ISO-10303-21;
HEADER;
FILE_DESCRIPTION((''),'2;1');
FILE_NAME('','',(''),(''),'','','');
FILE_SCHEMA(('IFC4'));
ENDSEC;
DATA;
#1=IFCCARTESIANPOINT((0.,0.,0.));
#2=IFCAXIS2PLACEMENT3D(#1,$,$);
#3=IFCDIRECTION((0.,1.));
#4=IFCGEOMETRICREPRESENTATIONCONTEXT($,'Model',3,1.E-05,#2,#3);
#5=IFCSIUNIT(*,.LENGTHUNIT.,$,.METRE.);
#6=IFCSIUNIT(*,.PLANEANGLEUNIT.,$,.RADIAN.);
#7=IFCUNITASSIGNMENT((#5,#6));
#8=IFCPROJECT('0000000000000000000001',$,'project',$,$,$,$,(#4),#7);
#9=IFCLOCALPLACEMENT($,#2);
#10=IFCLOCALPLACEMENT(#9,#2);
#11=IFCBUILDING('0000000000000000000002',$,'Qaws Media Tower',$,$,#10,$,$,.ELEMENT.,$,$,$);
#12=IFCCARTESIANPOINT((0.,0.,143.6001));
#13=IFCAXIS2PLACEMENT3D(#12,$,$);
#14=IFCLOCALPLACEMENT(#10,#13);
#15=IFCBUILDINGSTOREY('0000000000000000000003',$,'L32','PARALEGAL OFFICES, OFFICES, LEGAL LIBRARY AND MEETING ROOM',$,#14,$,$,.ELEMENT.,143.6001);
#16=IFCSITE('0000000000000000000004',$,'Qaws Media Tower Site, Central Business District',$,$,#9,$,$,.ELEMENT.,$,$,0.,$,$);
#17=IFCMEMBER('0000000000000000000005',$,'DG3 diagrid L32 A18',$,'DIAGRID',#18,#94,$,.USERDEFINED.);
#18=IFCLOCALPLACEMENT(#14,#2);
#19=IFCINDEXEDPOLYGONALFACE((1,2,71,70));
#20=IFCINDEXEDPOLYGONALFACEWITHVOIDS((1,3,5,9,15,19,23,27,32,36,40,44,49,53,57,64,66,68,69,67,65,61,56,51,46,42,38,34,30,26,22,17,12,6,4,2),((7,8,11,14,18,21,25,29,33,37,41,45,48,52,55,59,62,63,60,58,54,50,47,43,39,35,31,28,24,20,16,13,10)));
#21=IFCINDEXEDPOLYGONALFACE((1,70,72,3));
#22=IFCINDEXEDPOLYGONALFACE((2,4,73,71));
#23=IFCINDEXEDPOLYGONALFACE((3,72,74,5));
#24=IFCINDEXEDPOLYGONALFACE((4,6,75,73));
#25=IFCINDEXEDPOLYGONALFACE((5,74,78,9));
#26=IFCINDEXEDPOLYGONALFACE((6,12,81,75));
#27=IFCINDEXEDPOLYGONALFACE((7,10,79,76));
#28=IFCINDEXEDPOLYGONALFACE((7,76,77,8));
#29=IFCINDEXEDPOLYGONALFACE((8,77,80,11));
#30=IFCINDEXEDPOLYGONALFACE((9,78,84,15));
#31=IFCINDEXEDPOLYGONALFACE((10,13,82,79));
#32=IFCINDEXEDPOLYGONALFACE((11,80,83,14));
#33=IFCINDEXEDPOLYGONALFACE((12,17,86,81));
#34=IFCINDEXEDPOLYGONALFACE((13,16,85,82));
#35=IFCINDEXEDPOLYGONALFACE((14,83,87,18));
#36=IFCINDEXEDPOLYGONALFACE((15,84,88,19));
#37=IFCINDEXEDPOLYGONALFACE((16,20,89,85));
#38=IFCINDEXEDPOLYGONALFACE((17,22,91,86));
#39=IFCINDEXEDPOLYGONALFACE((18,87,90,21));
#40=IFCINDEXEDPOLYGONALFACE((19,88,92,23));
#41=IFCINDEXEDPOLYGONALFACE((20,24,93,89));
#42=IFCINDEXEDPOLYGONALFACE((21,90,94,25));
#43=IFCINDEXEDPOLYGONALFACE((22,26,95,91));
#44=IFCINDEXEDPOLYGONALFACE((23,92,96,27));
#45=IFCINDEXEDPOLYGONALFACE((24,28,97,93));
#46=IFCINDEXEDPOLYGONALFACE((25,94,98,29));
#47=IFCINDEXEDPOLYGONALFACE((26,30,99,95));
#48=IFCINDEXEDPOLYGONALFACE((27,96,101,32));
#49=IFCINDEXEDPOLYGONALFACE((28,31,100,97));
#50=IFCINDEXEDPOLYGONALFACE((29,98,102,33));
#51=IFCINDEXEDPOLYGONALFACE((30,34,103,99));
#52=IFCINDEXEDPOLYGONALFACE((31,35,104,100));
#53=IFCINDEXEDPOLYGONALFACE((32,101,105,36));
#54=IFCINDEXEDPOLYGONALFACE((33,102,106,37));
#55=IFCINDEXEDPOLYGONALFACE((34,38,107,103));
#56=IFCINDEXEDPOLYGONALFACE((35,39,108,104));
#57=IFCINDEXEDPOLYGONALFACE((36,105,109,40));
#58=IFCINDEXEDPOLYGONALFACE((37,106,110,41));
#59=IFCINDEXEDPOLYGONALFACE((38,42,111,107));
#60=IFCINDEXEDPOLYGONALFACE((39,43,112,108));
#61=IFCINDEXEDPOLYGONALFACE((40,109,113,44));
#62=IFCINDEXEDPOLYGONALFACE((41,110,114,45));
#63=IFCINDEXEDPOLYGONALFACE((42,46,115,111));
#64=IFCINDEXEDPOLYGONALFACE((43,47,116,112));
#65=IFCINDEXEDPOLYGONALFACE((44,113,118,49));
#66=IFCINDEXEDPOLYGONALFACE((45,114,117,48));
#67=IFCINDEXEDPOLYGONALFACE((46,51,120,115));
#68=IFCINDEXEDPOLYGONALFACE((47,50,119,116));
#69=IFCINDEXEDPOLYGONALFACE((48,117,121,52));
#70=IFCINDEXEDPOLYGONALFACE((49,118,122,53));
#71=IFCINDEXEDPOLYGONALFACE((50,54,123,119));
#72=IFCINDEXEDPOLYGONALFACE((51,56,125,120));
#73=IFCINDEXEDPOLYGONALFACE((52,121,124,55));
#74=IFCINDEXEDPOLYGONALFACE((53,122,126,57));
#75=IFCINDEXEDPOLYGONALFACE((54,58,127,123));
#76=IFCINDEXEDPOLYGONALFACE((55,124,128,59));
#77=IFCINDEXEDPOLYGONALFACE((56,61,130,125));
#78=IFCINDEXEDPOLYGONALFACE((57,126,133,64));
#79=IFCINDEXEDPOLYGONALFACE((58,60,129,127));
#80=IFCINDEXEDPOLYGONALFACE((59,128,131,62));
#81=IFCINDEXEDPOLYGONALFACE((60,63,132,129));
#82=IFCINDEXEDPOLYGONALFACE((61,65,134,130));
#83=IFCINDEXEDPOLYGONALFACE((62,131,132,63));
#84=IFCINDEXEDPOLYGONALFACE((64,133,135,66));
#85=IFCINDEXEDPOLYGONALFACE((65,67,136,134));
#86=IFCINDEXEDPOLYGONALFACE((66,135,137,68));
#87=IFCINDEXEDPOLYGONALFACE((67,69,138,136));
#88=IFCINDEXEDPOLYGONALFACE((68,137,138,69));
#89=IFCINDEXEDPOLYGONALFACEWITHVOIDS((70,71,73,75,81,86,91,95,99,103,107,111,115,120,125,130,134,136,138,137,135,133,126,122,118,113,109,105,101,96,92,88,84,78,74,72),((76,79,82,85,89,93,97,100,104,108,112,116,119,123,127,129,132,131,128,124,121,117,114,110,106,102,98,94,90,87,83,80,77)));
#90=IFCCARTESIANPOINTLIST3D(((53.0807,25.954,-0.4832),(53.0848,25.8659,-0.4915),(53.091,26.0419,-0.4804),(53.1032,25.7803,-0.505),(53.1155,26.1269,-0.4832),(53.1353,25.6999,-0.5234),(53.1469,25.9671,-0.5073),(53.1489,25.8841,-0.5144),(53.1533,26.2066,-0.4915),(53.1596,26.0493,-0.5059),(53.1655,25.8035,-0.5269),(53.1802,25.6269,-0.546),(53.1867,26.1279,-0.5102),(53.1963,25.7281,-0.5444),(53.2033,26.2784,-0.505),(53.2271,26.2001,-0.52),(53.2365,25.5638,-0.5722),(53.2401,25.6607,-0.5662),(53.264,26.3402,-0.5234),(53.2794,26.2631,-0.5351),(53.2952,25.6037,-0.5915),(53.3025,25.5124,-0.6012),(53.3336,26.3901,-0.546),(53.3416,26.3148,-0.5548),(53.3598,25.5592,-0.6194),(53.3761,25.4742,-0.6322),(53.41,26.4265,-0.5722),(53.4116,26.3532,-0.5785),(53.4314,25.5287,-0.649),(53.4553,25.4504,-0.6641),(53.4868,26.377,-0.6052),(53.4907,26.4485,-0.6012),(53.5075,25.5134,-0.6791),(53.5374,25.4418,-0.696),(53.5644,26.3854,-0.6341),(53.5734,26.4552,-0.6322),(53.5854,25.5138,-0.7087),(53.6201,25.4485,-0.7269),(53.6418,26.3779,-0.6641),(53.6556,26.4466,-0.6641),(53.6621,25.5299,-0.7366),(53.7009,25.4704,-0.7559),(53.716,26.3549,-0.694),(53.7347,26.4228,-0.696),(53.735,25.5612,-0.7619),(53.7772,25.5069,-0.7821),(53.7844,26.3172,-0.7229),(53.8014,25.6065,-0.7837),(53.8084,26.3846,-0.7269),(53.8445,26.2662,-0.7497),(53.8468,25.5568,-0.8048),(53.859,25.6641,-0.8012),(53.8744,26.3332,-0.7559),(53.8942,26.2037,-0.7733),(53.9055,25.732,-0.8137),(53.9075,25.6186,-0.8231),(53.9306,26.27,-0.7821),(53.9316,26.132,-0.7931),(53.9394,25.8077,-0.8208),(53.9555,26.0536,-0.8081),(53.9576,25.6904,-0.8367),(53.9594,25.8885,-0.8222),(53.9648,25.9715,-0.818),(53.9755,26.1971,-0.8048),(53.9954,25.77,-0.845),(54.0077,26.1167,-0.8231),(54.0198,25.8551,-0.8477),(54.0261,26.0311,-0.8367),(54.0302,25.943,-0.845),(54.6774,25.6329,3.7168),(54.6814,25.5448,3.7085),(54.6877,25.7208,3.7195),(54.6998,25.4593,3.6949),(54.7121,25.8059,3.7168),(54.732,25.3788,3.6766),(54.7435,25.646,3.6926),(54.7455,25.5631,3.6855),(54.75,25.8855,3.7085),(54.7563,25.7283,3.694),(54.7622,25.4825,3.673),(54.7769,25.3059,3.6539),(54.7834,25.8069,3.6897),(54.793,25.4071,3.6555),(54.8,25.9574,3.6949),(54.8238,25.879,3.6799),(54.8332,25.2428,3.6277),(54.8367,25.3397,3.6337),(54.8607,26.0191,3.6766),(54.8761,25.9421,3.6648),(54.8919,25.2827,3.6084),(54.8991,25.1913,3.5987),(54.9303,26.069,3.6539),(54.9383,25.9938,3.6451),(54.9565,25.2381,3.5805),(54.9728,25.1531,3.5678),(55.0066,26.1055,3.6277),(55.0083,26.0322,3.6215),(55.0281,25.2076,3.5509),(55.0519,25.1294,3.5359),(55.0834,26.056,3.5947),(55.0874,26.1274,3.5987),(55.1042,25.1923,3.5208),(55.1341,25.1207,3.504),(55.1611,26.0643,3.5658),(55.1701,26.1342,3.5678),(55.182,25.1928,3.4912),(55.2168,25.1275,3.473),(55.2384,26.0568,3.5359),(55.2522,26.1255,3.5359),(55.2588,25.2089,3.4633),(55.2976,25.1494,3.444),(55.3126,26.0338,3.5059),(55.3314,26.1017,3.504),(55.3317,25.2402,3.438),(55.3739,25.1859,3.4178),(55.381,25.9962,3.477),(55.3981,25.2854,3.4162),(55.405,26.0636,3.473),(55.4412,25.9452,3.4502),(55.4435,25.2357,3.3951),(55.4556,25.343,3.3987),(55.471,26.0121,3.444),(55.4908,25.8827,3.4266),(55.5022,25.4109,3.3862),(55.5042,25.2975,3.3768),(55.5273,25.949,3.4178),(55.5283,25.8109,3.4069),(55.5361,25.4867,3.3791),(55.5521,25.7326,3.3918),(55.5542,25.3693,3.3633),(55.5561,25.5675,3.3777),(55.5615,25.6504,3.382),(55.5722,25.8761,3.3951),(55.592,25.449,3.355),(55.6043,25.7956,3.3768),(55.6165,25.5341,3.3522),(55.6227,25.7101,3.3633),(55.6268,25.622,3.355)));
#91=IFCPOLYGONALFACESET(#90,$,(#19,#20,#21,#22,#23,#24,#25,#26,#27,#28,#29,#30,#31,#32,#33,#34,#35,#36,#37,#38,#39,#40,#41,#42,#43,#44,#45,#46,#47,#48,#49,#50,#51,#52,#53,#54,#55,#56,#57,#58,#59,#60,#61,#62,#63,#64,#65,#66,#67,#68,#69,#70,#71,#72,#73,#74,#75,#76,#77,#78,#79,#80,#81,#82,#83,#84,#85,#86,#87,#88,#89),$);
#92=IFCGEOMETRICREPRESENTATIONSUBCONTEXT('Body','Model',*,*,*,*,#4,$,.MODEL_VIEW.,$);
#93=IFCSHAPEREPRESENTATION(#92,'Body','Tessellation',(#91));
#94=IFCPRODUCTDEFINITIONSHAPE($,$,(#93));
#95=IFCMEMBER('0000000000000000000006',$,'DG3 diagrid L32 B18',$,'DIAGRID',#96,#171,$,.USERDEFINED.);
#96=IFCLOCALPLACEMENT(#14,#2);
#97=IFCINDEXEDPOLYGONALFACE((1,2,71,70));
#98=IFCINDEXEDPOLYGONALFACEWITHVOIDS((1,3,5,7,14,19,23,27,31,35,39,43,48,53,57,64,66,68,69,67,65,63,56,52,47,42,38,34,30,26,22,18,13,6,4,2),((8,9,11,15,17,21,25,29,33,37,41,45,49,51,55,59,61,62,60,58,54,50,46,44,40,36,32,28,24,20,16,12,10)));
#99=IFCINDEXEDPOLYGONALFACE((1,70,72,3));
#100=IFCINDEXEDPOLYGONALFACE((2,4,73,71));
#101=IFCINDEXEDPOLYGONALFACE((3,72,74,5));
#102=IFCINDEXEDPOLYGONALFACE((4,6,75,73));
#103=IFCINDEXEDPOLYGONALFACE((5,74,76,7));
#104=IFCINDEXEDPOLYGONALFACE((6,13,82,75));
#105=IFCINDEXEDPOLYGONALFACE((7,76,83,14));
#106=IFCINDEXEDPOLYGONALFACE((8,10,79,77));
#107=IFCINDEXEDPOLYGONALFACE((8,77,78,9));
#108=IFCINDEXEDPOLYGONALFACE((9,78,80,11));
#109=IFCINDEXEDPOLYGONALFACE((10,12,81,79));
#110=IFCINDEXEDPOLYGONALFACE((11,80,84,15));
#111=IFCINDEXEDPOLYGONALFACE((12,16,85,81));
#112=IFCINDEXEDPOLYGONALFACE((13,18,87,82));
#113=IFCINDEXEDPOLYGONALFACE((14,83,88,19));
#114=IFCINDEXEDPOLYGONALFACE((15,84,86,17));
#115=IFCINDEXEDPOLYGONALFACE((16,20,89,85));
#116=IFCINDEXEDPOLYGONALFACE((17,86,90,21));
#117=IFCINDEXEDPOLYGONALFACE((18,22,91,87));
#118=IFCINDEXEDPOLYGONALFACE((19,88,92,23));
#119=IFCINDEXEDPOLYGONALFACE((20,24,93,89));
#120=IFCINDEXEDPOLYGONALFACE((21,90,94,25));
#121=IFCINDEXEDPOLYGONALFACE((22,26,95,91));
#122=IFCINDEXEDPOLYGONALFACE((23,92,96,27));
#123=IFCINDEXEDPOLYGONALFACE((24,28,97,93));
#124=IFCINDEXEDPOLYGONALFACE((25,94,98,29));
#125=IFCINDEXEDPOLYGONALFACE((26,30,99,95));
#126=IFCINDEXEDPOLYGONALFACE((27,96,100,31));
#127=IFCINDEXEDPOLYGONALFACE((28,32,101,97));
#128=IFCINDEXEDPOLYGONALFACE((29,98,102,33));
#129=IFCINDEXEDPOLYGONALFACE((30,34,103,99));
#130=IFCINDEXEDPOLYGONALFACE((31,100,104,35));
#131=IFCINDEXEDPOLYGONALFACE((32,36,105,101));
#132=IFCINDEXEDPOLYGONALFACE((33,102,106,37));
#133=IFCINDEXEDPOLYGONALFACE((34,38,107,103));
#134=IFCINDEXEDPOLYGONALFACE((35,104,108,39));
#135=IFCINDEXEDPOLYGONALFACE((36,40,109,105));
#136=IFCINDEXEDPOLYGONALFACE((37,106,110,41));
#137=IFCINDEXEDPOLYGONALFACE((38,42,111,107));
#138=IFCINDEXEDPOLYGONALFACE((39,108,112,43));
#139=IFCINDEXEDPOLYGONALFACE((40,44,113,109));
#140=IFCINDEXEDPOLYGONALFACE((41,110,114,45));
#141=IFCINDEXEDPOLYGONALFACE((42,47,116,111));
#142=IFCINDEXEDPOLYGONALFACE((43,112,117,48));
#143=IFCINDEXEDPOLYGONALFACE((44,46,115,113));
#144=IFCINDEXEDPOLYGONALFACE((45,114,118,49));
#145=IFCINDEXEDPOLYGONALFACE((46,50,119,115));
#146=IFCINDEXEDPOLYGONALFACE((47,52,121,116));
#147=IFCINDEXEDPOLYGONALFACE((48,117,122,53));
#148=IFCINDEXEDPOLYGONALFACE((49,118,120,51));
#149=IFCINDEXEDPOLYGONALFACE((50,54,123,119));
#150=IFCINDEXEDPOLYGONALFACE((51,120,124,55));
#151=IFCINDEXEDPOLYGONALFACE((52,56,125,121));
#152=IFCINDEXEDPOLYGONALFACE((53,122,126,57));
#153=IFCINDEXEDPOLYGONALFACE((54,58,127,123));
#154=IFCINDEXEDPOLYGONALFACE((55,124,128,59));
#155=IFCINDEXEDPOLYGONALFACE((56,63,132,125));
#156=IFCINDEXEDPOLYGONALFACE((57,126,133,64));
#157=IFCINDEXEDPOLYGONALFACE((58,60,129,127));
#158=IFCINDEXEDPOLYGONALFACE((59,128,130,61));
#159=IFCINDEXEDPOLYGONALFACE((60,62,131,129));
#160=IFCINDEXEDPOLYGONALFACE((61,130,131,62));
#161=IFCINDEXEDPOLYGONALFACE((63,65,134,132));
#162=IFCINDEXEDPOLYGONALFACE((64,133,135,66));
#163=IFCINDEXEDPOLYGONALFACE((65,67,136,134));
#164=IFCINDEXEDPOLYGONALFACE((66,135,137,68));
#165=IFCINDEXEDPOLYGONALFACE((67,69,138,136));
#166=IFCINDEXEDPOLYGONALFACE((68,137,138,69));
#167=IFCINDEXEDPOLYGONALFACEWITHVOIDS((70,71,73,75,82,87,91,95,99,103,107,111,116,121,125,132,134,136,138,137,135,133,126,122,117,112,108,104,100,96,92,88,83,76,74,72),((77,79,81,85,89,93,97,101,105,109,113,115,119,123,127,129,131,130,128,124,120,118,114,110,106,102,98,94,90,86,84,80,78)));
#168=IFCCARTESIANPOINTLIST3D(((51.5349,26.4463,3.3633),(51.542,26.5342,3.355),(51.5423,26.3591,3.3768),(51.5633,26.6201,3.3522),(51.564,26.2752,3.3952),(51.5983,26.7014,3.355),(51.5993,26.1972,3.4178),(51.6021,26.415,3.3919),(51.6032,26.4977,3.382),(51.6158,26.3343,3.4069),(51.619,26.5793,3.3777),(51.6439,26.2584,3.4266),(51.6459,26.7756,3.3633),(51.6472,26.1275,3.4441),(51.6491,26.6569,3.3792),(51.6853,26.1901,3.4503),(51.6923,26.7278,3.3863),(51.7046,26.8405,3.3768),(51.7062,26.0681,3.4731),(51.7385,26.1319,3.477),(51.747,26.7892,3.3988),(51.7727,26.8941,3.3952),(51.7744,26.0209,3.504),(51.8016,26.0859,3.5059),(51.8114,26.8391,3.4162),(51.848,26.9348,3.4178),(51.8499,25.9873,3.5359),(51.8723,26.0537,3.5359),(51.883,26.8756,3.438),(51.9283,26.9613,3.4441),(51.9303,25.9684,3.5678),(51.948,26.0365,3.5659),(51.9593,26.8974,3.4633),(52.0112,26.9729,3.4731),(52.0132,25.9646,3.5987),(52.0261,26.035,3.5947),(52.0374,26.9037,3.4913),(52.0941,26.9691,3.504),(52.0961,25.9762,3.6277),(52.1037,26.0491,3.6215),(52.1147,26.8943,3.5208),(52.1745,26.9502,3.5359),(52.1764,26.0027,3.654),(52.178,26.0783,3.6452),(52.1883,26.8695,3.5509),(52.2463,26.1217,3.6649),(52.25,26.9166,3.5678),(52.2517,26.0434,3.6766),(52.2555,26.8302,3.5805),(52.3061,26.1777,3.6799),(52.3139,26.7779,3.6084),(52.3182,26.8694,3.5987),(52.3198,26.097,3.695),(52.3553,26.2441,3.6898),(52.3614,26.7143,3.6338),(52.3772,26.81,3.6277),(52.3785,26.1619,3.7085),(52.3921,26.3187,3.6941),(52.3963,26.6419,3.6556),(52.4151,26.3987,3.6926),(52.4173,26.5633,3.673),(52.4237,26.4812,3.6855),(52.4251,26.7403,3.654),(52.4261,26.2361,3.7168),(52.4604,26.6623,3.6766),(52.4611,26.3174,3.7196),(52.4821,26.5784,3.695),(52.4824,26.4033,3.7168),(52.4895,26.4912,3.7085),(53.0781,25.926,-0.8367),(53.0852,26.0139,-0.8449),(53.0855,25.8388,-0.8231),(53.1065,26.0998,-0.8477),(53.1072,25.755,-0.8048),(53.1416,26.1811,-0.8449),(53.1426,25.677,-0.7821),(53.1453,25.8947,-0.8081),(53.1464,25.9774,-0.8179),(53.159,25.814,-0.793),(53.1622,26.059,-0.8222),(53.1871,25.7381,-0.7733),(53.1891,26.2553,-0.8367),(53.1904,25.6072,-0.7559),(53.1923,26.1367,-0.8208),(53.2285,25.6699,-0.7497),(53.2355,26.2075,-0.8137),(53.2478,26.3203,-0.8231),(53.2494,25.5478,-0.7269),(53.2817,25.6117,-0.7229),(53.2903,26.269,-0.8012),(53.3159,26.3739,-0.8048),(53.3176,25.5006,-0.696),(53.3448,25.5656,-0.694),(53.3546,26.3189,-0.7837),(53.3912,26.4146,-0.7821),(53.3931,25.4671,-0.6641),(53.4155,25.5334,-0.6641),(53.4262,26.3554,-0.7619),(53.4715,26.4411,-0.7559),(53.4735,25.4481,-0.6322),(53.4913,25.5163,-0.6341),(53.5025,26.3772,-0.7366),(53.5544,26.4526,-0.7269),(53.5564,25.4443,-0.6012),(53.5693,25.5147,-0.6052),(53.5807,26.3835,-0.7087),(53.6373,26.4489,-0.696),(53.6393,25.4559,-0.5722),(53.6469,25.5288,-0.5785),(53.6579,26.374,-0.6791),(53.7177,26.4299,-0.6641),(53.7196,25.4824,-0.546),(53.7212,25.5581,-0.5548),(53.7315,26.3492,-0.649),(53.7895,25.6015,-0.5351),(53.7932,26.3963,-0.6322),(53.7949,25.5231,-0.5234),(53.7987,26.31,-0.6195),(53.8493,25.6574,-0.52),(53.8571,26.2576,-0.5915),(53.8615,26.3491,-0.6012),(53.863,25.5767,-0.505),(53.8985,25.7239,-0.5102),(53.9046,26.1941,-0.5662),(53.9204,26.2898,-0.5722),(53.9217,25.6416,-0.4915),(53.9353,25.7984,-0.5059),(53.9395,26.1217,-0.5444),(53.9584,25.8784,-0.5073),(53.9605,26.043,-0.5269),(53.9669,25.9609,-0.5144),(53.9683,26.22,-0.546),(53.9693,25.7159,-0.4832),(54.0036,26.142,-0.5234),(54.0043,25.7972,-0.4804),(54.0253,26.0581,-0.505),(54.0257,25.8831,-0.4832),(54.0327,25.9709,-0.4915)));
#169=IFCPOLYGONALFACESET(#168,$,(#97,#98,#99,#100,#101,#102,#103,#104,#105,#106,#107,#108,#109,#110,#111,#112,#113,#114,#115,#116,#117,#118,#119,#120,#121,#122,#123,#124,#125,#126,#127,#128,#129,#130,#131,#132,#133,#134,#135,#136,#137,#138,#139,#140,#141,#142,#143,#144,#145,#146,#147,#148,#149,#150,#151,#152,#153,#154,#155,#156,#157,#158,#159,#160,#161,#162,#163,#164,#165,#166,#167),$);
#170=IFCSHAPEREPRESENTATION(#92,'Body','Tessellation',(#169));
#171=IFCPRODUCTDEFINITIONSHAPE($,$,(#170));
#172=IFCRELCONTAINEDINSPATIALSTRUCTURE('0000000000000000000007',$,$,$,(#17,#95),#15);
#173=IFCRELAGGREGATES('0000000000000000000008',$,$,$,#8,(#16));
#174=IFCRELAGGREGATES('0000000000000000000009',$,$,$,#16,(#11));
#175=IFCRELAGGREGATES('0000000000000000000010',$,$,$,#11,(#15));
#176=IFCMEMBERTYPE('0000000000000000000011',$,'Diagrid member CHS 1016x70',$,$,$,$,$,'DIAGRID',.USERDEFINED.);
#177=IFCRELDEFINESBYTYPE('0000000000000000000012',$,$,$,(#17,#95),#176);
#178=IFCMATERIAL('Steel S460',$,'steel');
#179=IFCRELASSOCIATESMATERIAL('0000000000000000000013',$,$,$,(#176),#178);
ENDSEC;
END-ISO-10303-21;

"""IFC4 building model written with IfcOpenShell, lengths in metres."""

from ifc_helpers import new_model, si_unit, direction, frame, origin, origin_2d, place, context, subcontext, project, spatial, hollow_circle, extrude, material, material_profile, profile_set, type_object, element, save


model = new_model("IFC4")

# Units and contexts
model_context = context("Model", 3, precision=1e-05, world=origin(), true_north=direction((0.0, 1.0)))
body_context = subcontext(model_context, "Body", "Model", "MODEL_VIEW")
ifc_project = project(units=[si_unit("LENGTHUNIT", "METRE"), si_unit("PLANEANGLEUNIT", "RADIAN")], contexts=[model_context])

# Site, building, storey
site_placement = place(None, origin())
site = spatial("IfcSite", under=ifc_project, at=site_placement, Name="Qaws Media Tower Site, Central Business District", CompositionType="ELEMENT", RefElevation=0.0)
building_placement = place(site_placement, origin())
building = spatial("IfcBuilding", under=site, at=building_placement, Name="Qaws Media Tower", CompositionType="ELEMENT")
storey_placement = place(building_placement, frame((0.0, 0.0, 143.6001)))
storey = spatial("IfcBuildingStorey", under=building, at=storey_placement, Name="L32", Description="PARALEGAL OFFICES, OFFICES, LEGAL LIBRARY AND MEETING ROOM", CompositionType="ELEMENT", Elevation=143.6001)

# Members
ifc_material_1 = material(Name="Steel S460", Category="steel")
ifc_material_profile_1 = material_profile(ifc_material_1, hollow_circle(Radius=0.5081, WallThickness=0.0701, at=origin_2d()), Name="CHS 1016x70")
ifc_profile_set_1 = profile_set([ifc_material_profile_1], Name="Steel S460")
member_type_1 = type_object("IfcMemberType", Name="Diagrid member CHS 1016x70", ElementType="DIAGRID", PredefinedType="USERDEFINED", material=ifc_profile_set_1)
for number, where, z_axis, x_axis, name in (
    (1, (53.5554, 25.9485, -0.6641), (0.35445, -0.071269, 0.932355), (0.197125, 0.980378, 0.0), "DG3 diagrid L32 A18"),
    (2, (53.5554, 25.9485, -0.6641), (-0.342583, 0.115495, 0.932361), (-0.319464, -0.947598, 0.0), "DG3 diagrid L32 B18"),
):
    element("IfcMember", number, at=place(storey_placement, frame(where, z_axis=z_axis, x_axis=x_axis)), inside=storey, type_object=member_type_1, Name=name, ObjectType="DIAGRID", PredefinedType="USERDEFINED", context=body_context, shape_type="SweptSolid", body=[
        extrude(hollow_circle(Radius=0.5081, WallThickness=0.0701, at=origin_2d()), origin(), (0.0, 0.0, 1.0), 4.5046),
    ])

save(model, "model.ifc")
